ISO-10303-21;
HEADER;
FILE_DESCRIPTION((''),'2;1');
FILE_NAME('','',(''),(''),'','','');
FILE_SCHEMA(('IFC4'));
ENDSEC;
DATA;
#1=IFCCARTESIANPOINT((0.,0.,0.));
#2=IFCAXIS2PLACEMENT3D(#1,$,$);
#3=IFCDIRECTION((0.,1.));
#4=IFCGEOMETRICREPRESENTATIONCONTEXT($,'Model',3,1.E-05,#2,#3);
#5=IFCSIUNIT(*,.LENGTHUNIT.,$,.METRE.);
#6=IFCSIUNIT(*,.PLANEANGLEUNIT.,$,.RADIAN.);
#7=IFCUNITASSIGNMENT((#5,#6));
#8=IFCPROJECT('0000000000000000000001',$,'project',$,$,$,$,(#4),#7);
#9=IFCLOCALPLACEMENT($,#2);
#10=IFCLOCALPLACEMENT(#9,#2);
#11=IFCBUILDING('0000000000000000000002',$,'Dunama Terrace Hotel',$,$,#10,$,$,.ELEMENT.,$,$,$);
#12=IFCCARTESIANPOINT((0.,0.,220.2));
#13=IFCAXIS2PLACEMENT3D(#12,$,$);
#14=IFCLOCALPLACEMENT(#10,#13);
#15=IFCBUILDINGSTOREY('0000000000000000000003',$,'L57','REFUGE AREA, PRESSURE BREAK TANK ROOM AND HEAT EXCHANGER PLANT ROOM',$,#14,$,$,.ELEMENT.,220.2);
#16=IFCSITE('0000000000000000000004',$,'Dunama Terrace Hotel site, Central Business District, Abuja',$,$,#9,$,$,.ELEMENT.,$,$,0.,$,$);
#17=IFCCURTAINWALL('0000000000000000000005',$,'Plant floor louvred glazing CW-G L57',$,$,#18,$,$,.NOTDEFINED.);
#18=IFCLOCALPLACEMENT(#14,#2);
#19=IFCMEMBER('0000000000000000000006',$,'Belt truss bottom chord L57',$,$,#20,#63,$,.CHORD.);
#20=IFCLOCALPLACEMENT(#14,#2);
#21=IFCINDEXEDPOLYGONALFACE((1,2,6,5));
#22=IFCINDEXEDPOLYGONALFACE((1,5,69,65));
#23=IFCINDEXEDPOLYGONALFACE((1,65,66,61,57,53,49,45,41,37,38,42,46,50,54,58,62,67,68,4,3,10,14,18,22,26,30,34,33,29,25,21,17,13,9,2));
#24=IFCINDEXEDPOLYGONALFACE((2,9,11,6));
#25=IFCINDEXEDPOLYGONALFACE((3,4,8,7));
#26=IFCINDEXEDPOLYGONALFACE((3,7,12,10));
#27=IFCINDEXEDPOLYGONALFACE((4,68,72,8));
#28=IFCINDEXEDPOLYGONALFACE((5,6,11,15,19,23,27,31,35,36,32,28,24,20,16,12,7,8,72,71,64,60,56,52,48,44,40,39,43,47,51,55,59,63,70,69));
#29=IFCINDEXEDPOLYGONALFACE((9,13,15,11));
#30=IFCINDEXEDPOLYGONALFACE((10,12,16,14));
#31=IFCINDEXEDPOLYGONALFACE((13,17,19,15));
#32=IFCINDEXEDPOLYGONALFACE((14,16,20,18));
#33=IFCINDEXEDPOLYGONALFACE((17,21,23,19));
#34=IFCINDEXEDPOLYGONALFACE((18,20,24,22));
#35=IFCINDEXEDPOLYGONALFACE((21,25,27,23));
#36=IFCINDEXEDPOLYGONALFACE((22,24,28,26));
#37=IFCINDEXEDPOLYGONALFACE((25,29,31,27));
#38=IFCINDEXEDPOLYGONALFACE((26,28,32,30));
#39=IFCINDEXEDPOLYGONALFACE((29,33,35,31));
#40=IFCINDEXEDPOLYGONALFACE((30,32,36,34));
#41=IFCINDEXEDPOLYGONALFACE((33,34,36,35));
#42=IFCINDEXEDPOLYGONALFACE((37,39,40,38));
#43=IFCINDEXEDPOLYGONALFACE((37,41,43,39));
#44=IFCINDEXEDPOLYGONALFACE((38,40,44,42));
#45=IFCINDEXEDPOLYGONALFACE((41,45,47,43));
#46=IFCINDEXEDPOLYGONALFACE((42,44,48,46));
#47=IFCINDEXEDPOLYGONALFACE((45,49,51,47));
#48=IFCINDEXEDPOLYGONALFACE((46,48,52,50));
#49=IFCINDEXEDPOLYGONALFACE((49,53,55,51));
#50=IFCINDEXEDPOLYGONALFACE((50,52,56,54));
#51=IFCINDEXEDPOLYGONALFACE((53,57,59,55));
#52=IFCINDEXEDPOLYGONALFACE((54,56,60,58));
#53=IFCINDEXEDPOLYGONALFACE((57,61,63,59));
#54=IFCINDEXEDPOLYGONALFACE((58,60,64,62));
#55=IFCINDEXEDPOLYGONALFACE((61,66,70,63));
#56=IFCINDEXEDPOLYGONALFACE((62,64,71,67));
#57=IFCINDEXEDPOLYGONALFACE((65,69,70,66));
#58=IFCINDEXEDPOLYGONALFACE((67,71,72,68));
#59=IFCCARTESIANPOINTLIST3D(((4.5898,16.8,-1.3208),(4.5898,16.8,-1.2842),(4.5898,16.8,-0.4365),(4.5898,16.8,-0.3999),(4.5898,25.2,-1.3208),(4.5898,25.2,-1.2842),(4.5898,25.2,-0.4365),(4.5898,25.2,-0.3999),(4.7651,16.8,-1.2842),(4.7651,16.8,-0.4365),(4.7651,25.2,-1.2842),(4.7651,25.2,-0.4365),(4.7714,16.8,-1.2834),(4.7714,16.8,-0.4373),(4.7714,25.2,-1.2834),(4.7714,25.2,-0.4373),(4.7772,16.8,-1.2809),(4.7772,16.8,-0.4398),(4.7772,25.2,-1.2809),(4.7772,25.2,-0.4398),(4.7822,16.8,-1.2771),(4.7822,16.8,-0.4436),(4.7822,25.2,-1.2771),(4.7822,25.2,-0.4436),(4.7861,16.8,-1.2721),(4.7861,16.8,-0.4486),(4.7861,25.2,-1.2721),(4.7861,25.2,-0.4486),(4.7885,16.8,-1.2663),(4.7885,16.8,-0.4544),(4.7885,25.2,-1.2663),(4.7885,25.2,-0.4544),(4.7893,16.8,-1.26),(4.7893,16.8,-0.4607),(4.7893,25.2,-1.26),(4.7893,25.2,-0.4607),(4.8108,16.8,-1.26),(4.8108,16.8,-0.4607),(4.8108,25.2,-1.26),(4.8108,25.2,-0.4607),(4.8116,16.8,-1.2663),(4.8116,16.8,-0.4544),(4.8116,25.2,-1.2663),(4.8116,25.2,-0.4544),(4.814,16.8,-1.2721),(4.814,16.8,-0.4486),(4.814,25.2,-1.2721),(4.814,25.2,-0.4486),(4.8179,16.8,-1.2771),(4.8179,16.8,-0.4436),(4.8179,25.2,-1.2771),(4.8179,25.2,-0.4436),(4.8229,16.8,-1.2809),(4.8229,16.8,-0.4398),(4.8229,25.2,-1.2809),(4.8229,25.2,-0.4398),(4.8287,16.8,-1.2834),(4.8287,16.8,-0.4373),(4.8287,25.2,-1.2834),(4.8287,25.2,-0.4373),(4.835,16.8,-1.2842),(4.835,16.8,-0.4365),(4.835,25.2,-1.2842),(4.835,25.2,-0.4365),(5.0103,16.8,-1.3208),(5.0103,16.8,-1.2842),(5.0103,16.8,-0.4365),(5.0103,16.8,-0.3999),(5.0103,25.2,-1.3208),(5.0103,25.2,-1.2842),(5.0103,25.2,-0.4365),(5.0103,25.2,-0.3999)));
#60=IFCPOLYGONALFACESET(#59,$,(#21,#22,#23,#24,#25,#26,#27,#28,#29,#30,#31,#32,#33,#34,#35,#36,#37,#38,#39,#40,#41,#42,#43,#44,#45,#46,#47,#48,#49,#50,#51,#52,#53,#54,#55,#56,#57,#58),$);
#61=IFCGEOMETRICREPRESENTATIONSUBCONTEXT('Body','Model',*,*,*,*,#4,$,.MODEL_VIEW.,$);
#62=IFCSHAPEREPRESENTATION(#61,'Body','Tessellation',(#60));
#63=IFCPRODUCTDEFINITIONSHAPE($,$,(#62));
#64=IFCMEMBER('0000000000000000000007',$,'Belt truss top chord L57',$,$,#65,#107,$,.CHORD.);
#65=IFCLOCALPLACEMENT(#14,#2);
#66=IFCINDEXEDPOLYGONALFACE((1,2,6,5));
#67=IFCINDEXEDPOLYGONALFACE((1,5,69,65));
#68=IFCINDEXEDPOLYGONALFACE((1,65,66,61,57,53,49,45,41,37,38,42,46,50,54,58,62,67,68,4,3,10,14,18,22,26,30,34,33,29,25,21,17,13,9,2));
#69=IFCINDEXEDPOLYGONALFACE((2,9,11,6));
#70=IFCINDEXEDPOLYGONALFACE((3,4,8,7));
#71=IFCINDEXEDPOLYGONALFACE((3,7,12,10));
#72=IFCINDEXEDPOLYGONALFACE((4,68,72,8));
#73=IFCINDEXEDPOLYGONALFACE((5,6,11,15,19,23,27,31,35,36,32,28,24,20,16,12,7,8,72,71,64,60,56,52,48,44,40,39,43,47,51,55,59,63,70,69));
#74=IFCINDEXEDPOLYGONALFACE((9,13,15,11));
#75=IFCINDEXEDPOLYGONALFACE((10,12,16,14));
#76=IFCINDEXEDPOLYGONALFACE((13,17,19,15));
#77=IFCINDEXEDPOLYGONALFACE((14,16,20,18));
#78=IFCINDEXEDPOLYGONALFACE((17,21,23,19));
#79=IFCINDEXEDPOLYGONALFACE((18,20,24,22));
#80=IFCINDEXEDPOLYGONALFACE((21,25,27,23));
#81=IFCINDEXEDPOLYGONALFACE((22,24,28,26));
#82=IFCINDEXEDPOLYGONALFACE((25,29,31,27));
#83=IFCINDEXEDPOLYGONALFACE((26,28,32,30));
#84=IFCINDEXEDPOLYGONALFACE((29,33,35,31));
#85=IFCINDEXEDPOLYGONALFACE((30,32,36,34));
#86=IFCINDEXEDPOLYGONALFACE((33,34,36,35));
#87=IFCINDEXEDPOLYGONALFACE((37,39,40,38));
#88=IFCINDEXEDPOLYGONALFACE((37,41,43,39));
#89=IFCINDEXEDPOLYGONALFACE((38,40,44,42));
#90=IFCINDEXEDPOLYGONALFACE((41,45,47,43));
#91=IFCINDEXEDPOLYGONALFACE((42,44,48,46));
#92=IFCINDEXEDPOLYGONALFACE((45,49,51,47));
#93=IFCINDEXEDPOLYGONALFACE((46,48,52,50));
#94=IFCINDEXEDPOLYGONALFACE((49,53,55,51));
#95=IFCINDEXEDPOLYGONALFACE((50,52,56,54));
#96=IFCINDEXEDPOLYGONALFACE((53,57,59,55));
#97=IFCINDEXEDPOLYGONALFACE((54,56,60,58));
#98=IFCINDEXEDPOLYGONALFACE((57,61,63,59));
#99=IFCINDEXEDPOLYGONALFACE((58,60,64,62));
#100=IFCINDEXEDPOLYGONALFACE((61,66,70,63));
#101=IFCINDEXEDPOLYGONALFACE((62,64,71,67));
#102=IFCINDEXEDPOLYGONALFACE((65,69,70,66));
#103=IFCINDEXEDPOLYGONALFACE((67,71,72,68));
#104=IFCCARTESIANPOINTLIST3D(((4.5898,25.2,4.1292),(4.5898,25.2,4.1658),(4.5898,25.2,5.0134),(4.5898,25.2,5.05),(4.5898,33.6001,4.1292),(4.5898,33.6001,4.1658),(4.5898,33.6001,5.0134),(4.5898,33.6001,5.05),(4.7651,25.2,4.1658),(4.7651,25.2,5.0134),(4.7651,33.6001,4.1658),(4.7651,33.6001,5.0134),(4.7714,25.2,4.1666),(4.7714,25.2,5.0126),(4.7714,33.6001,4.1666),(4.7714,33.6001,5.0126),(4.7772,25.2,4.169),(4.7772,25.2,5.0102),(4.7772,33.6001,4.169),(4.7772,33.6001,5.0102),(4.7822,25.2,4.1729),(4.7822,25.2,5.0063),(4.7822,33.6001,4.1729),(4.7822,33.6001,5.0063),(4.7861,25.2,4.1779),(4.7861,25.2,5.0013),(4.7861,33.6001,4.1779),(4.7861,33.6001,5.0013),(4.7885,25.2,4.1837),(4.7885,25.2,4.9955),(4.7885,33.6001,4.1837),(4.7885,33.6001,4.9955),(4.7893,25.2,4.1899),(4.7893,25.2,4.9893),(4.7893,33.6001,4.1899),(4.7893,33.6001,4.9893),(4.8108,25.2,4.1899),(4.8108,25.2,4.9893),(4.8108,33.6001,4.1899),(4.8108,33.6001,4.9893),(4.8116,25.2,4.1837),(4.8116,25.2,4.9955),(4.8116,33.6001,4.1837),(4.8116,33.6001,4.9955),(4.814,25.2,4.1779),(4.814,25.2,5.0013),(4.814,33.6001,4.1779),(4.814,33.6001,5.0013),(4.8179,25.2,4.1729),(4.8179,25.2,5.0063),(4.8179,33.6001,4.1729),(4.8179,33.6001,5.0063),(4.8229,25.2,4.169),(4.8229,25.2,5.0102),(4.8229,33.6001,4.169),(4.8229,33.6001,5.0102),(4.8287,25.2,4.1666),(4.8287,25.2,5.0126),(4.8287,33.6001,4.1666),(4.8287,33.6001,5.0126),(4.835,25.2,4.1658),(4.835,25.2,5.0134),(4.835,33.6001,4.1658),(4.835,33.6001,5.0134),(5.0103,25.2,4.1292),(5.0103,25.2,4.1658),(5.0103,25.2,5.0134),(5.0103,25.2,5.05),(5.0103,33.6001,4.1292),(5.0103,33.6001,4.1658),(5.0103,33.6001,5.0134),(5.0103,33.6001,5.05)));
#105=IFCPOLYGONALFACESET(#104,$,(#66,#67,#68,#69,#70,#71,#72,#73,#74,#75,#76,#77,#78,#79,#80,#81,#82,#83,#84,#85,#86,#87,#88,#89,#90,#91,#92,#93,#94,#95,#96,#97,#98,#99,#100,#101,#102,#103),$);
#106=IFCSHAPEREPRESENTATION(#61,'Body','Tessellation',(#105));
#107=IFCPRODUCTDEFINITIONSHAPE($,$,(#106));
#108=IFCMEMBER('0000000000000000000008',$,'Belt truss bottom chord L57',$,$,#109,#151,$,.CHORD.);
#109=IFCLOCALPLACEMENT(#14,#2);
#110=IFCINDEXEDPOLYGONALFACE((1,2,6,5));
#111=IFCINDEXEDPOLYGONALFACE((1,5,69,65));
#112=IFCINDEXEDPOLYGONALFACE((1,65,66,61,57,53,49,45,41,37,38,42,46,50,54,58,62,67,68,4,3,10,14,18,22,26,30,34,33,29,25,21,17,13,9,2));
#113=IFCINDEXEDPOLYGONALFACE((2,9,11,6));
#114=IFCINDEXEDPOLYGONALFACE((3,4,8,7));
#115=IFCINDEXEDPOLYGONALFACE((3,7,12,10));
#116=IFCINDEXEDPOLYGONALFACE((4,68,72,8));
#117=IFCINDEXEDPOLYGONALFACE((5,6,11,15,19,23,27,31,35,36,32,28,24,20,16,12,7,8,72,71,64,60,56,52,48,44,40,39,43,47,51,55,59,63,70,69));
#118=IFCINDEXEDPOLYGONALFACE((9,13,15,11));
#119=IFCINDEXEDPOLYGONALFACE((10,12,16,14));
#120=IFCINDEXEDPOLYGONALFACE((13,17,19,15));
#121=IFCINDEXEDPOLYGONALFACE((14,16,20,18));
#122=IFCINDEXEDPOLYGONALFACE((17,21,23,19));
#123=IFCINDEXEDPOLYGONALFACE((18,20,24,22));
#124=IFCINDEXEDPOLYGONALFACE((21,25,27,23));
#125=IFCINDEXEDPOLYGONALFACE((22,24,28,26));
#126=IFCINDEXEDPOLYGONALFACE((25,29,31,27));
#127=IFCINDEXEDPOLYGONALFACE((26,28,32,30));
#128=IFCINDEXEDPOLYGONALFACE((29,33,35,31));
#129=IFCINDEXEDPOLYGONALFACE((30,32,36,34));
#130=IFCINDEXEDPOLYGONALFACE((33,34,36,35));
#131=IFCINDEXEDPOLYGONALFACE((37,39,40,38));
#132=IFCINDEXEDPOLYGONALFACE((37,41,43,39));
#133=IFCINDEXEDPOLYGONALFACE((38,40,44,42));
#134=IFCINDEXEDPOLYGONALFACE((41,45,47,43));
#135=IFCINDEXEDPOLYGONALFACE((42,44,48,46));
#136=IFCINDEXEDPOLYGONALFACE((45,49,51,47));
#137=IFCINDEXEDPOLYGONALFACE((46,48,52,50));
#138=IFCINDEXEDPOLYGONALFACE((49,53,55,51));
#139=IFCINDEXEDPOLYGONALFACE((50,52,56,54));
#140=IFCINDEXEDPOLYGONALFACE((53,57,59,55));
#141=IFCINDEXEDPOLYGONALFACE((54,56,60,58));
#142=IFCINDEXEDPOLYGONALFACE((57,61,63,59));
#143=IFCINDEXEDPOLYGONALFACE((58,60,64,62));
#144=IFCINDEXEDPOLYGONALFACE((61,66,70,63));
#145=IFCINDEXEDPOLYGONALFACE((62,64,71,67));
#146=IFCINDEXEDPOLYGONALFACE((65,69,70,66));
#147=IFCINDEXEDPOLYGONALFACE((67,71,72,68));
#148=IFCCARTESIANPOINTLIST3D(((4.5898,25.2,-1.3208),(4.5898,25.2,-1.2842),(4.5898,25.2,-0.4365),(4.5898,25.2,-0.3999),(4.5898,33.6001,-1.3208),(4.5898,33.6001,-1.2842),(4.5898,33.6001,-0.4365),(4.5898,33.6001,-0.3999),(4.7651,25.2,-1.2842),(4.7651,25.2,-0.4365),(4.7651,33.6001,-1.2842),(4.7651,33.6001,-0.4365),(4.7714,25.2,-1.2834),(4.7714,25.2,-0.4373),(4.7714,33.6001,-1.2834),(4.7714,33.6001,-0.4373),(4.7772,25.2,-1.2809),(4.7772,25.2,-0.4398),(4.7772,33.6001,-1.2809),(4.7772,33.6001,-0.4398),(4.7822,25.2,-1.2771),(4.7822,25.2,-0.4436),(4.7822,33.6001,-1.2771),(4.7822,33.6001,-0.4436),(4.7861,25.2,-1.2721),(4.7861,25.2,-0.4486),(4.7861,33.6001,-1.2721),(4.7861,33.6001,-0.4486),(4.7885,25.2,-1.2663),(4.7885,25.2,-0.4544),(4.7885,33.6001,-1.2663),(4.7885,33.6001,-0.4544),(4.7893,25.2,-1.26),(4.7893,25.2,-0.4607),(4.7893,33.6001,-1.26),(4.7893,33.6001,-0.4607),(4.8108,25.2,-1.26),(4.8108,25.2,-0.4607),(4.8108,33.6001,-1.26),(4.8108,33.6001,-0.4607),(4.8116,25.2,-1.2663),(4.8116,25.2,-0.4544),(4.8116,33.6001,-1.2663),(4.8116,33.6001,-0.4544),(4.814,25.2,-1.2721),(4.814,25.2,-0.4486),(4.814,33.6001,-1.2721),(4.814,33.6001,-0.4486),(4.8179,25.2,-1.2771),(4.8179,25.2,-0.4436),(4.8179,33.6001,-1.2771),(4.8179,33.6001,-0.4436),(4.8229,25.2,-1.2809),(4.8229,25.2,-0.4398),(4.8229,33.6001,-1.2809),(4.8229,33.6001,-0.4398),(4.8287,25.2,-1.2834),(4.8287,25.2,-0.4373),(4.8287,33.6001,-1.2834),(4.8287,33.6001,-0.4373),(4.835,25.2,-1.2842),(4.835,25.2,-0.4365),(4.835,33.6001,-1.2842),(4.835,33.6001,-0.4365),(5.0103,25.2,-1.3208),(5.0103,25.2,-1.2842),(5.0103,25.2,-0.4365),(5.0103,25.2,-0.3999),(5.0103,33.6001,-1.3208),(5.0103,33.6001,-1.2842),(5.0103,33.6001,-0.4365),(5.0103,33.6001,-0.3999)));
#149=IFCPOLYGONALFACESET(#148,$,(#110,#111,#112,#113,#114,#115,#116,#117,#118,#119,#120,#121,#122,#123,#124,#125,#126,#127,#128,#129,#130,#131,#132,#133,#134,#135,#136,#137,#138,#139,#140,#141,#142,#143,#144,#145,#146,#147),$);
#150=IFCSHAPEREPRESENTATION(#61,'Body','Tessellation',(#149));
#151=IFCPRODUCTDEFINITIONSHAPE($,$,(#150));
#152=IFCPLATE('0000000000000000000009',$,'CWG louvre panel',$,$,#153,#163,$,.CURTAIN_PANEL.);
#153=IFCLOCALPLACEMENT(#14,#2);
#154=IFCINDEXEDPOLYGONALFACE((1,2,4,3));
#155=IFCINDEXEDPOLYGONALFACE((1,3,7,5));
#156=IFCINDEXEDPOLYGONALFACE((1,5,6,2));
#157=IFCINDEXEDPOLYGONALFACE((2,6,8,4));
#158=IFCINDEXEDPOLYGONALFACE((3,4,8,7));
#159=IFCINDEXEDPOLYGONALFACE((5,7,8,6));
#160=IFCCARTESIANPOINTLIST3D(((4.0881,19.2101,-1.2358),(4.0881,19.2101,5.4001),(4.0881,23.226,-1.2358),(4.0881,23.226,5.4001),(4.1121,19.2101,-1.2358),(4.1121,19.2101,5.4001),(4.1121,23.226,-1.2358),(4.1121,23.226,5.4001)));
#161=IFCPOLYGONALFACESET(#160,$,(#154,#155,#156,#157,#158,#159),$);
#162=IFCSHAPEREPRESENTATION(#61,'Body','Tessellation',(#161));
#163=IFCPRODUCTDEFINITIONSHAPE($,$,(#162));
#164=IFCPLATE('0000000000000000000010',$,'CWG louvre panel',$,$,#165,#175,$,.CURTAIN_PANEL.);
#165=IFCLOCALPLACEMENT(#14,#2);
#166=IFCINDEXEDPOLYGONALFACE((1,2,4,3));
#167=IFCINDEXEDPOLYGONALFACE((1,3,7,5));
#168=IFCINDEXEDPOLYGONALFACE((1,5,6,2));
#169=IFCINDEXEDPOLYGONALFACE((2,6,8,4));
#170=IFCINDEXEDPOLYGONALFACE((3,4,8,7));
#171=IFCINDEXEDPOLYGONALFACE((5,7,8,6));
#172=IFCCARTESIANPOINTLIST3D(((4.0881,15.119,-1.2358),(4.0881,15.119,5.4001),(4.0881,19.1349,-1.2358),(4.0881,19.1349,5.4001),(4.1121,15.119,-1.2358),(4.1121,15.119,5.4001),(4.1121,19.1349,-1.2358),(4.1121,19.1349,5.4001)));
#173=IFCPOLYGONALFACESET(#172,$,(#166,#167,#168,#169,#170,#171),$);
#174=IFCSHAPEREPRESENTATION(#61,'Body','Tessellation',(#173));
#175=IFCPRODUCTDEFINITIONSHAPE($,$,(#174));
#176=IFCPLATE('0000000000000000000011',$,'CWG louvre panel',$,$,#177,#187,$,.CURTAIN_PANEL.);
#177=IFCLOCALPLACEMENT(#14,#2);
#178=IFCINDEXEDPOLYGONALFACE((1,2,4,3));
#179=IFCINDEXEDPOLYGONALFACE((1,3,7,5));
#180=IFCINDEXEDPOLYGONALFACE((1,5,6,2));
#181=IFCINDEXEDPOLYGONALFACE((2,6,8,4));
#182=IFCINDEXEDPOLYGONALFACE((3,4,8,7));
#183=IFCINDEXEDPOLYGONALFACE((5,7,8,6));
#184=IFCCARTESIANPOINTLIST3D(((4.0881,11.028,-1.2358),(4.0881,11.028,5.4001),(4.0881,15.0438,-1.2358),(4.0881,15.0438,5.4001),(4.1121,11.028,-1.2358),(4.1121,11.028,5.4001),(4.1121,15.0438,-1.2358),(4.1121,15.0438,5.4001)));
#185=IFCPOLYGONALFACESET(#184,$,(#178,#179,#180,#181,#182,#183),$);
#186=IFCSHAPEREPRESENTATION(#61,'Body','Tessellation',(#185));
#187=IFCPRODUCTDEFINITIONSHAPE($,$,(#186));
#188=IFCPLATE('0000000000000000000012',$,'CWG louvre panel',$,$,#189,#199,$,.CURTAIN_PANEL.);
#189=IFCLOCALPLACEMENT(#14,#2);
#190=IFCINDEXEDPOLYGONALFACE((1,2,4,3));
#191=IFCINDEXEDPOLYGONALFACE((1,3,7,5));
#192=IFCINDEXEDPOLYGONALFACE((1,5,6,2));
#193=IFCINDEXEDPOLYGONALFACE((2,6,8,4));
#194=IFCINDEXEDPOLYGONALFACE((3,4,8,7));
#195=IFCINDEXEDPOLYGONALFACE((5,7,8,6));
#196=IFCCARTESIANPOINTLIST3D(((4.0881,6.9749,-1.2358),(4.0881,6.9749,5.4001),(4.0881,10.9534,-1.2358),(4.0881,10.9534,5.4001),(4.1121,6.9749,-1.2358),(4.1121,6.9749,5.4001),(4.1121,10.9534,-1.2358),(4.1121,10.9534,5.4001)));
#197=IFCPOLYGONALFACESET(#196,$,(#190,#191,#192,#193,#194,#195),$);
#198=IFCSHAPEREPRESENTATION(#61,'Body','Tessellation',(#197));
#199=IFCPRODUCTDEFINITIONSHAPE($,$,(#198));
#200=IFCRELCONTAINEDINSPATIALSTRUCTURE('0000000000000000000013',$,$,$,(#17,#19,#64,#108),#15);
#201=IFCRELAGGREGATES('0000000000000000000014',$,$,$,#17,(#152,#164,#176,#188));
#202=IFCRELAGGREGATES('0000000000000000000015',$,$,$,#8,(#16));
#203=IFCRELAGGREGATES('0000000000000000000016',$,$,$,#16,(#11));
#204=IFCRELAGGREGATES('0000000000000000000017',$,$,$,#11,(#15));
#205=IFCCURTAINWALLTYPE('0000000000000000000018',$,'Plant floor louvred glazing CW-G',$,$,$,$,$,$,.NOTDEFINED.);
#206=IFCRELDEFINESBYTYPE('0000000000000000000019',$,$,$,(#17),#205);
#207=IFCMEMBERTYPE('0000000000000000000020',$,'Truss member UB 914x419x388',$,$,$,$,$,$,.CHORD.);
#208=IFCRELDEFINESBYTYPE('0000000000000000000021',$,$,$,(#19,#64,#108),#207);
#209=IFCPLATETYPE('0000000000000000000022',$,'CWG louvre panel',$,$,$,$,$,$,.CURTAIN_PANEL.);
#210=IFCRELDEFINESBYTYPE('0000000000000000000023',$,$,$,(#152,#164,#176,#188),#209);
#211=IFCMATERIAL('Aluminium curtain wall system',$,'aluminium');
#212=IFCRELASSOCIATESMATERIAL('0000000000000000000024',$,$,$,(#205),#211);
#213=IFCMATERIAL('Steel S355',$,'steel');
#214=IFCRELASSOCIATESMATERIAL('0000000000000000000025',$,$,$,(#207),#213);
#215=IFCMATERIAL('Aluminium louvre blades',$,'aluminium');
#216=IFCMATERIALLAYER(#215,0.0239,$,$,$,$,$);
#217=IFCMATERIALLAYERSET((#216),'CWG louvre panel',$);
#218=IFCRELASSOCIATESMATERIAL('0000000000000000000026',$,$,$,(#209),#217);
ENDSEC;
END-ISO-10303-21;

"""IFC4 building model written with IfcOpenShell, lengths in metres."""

from ifc_helpers import new_model, si_unit, direction, frame, origin, origin_2d, place, context, subcontext, project, spatial, rectangle, i_section, extrude, material, layer, layer_set, material_profile, profile_set, type_object, element, aggregate, save


model = new_model("IFC4")

# Units and contexts
model_context = context("Model", 3, precision=1e-05, world=origin(), true_north=direction((0.0, 1.0)))
body_context = subcontext(model_context, "Body", "Model", "MODEL_VIEW")
ifc_project = project(units=[si_unit("LENGTHUNIT", "METRE"), si_unit("PLANEANGLEUNIT", "RADIAN")], contexts=[model_context])

# Site, building, storey
site_placement = place(None, origin())
site = spatial("IfcSite", under=ifc_project, at=site_placement, Name="Dunama Terrace Hotel site, Central Business District, Abuja", CompositionType="ELEMENT", RefElevation=0.0)
building_placement = place(site_placement, origin())
building = spatial("IfcBuilding", under=site, at=building_placement, Name="Dunama Terrace Hotel", CompositionType="ELEMENT")
storey_placement = place(building_placement, frame((0.0, 0.0, 220.2)))
storey = spatial("IfcBuildingStorey", under=building, at=storey_placement, Name="L57", Description="REFUGE AREA, PRESSURE BREAK TANK ROOM AND HEAT EXCHANGER PLANT ROOM", CompositionType="ELEMENT", Elevation=220.2)

# Curtain wall
ifc_material_1 = material(Name="Aluminium curtain wall system", Category="aluminium")
curtain_wall_type = type_object("IfcCurtainWallType", Name="Plant floor louvred glazing CW-G", PredefinedType="NOTDEFINED", material=ifc_material_1)
curtain_wall_1_placement = place(storey_placement, origin())
curtain_wall_1 = element("IfcCurtainWall", 1, at=curtain_wall_1_placement, inside=storey, type_object=curtain_wall_type, Name="Plant floor louvred glazing CW-G L57", PredefinedType="NOTDEFINED")

# Members
ifc_material_2 = material(Name="Steel S355", Category="steel")
ifc_material_profile_1 = material_profile(ifc_material_2, i_section(OverallWidth=0.4204, OverallDepth=0.9209, WebThickness=0.0215, FlangeThickness=0.0366, FilletRadius=0.0242, at=origin_2d()), Name="UB 914x419x388")
ifc_profile_set_1 = profile_set([ifc_material_profile_1], Name="Steel S355")
member_type_1 = type_object("IfcMemberType", Name="Truss member UB 914x419x388", PredefinedType="CHORD", material=ifc_profile_set_1)
for number, where, z_axis, x_axis, name in (
    (2, (4.8, 16.8, -0.8604), (0.0, 1.0, 0.0), (-1.0, 0.0, 0.0), "Belt truss bottom chord L57"),
):
    element("IfcMember", number, at=place(storey_placement, frame(where, z_axis=z_axis, x_axis=x_axis)), inside=storey, type_object=member_type_1, Name=name, PredefinedType="CHORD", context=body_context, shape_type="SweptSolid", body=[
        extrude(i_section(OverallWidth=0.4204, OverallDepth=0.9209, WebThickness=0.0215, FlangeThickness=0.0366, FilletRadius=0.0242, at=origin_2d()), origin(), (0.0, 0.0, 1.0), 8.3999),
    ])
for number, where, z_axis, x_axis, name in (
    (3, (4.8, 25.2, 4.5896), (0.0, 1.0, 0.0), (-1.0, 0.0, 0.0), "Belt truss top chord L57"),
    (4, (4.8, 25.2, -0.8604), (0.0, 1.0, 0.0), (-1.0, 0.0, 0.0), "Belt truss bottom chord L57"),
):
    element("IfcMember", number, at=place(storey_placement, frame(where, z_axis=z_axis, x_axis=x_axis)), inside=storey, type_object=member_type_1, Name=name, PredefinedType="CHORD", context=body_context, shape_type="SweptSolid", body=[
        extrude(i_section(OverallWidth=0.4204, OverallDepth=0.9209, WebThickness=0.0215, FlangeThickness=0.0366, FilletRadius=0.0242, at=origin_2d()), origin(), (0.0, 0.0, 1.0), 8.4001),
    ])

# Plates
ifc_material_3 = material(Name="Aluminium louvre blades", Category="aluminium")
ifc_layer_1 = layer(ifc_material_3, 0.0239)
ifc_layer_set_1 = layer_set([ifc_layer_1], Name="CWG louvre panel")
plate_type = type_object("IfcPlateType", Name="CWG louvre panel", PredefinedType="CURTAIN_PANEL", material=ifc_layer_set_1)
plate_1_placement = place(storey_placement, frame((4.1001, 21.218, -1.2358), z_axis=(0.0, 0.0, 1.0), x_axis=(0.0, -1.0, 0.0)))
plate_1 = element("IfcPlate", 5, at=plate_1_placement, type_object=plate_type, Name="CWG louvre panel", PredefinedType="CURTAIN_PANEL", context=body_context, shape_type="SweptSolid", body=[
    extrude(rectangle(XDim=4.0159, YDim=0.0239, at=origin_2d()), origin(), (0.0, 0.0, 1.0), 6.636),
])
plate_2_placement = place(storey_placement, frame((4.1001, 17.127, -1.2358), z_axis=(0.0, 0.0, 1.0), x_axis=(0.0, -1.0, 0.0)))
plate_2 = element("IfcPlate", 6, at=plate_2_placement, type_object=plate_type, Name="CWG louvre panel", PredefinedType="CURTAIN_PANEL", context=body_context, shape_type="SweptSolid", body=[
    extrude(rectangle(XDim=4.0159, YDim=0.0239, at=origin_2d()), origin(), (0.0, 0.0, 1.0), 6.636),
])
plate_3_placement = place(storey_placement, frame((4.1001, 13.0359, -1.2358), z_axis=(0.0, 0.0, 1.0), x_axis=(0.0, -1.0, 0.0)))
plate_3 = element("IfcPlate", 7, at=plate_3_placement, type_object=plate_type, Name="CWG louvre panel", PredefinedType="CURTAIN_PANEL", context=body_context, shape_type="SweptSolid", body=[
    extrude(rectangle(XDim=4.0159, YDim=0.0239, at=origin_2d()), origin(), (0.0, 0.0, 1.0), 6.636),
])
plate_4_placement = place(storey_placement, frame((4.1001, 8.9641, -1.2358), z_axis=(0.0, 0.0, 1.0), x_axis=(0.0, -1.0, 0.0)))
plate_4 = element("IfcPlate", 8, at=plate_4_placement, type_object=plate_type, Name="CWG louvre panel", PredefinedType="CURTAIN_PANEL", context=body_context, shape_type="SweptSolid", body=[
    extrude(rectangle(XDim=3.9785, YDim=0.0239, at=origin_2d()), origin(), (0.0, 0.0, 1.0), 6.636),
])
aggregate(curtain_wall_1, [plate_1, plate_2, plate_3, plate_4])

save(model, "model.ifc")
